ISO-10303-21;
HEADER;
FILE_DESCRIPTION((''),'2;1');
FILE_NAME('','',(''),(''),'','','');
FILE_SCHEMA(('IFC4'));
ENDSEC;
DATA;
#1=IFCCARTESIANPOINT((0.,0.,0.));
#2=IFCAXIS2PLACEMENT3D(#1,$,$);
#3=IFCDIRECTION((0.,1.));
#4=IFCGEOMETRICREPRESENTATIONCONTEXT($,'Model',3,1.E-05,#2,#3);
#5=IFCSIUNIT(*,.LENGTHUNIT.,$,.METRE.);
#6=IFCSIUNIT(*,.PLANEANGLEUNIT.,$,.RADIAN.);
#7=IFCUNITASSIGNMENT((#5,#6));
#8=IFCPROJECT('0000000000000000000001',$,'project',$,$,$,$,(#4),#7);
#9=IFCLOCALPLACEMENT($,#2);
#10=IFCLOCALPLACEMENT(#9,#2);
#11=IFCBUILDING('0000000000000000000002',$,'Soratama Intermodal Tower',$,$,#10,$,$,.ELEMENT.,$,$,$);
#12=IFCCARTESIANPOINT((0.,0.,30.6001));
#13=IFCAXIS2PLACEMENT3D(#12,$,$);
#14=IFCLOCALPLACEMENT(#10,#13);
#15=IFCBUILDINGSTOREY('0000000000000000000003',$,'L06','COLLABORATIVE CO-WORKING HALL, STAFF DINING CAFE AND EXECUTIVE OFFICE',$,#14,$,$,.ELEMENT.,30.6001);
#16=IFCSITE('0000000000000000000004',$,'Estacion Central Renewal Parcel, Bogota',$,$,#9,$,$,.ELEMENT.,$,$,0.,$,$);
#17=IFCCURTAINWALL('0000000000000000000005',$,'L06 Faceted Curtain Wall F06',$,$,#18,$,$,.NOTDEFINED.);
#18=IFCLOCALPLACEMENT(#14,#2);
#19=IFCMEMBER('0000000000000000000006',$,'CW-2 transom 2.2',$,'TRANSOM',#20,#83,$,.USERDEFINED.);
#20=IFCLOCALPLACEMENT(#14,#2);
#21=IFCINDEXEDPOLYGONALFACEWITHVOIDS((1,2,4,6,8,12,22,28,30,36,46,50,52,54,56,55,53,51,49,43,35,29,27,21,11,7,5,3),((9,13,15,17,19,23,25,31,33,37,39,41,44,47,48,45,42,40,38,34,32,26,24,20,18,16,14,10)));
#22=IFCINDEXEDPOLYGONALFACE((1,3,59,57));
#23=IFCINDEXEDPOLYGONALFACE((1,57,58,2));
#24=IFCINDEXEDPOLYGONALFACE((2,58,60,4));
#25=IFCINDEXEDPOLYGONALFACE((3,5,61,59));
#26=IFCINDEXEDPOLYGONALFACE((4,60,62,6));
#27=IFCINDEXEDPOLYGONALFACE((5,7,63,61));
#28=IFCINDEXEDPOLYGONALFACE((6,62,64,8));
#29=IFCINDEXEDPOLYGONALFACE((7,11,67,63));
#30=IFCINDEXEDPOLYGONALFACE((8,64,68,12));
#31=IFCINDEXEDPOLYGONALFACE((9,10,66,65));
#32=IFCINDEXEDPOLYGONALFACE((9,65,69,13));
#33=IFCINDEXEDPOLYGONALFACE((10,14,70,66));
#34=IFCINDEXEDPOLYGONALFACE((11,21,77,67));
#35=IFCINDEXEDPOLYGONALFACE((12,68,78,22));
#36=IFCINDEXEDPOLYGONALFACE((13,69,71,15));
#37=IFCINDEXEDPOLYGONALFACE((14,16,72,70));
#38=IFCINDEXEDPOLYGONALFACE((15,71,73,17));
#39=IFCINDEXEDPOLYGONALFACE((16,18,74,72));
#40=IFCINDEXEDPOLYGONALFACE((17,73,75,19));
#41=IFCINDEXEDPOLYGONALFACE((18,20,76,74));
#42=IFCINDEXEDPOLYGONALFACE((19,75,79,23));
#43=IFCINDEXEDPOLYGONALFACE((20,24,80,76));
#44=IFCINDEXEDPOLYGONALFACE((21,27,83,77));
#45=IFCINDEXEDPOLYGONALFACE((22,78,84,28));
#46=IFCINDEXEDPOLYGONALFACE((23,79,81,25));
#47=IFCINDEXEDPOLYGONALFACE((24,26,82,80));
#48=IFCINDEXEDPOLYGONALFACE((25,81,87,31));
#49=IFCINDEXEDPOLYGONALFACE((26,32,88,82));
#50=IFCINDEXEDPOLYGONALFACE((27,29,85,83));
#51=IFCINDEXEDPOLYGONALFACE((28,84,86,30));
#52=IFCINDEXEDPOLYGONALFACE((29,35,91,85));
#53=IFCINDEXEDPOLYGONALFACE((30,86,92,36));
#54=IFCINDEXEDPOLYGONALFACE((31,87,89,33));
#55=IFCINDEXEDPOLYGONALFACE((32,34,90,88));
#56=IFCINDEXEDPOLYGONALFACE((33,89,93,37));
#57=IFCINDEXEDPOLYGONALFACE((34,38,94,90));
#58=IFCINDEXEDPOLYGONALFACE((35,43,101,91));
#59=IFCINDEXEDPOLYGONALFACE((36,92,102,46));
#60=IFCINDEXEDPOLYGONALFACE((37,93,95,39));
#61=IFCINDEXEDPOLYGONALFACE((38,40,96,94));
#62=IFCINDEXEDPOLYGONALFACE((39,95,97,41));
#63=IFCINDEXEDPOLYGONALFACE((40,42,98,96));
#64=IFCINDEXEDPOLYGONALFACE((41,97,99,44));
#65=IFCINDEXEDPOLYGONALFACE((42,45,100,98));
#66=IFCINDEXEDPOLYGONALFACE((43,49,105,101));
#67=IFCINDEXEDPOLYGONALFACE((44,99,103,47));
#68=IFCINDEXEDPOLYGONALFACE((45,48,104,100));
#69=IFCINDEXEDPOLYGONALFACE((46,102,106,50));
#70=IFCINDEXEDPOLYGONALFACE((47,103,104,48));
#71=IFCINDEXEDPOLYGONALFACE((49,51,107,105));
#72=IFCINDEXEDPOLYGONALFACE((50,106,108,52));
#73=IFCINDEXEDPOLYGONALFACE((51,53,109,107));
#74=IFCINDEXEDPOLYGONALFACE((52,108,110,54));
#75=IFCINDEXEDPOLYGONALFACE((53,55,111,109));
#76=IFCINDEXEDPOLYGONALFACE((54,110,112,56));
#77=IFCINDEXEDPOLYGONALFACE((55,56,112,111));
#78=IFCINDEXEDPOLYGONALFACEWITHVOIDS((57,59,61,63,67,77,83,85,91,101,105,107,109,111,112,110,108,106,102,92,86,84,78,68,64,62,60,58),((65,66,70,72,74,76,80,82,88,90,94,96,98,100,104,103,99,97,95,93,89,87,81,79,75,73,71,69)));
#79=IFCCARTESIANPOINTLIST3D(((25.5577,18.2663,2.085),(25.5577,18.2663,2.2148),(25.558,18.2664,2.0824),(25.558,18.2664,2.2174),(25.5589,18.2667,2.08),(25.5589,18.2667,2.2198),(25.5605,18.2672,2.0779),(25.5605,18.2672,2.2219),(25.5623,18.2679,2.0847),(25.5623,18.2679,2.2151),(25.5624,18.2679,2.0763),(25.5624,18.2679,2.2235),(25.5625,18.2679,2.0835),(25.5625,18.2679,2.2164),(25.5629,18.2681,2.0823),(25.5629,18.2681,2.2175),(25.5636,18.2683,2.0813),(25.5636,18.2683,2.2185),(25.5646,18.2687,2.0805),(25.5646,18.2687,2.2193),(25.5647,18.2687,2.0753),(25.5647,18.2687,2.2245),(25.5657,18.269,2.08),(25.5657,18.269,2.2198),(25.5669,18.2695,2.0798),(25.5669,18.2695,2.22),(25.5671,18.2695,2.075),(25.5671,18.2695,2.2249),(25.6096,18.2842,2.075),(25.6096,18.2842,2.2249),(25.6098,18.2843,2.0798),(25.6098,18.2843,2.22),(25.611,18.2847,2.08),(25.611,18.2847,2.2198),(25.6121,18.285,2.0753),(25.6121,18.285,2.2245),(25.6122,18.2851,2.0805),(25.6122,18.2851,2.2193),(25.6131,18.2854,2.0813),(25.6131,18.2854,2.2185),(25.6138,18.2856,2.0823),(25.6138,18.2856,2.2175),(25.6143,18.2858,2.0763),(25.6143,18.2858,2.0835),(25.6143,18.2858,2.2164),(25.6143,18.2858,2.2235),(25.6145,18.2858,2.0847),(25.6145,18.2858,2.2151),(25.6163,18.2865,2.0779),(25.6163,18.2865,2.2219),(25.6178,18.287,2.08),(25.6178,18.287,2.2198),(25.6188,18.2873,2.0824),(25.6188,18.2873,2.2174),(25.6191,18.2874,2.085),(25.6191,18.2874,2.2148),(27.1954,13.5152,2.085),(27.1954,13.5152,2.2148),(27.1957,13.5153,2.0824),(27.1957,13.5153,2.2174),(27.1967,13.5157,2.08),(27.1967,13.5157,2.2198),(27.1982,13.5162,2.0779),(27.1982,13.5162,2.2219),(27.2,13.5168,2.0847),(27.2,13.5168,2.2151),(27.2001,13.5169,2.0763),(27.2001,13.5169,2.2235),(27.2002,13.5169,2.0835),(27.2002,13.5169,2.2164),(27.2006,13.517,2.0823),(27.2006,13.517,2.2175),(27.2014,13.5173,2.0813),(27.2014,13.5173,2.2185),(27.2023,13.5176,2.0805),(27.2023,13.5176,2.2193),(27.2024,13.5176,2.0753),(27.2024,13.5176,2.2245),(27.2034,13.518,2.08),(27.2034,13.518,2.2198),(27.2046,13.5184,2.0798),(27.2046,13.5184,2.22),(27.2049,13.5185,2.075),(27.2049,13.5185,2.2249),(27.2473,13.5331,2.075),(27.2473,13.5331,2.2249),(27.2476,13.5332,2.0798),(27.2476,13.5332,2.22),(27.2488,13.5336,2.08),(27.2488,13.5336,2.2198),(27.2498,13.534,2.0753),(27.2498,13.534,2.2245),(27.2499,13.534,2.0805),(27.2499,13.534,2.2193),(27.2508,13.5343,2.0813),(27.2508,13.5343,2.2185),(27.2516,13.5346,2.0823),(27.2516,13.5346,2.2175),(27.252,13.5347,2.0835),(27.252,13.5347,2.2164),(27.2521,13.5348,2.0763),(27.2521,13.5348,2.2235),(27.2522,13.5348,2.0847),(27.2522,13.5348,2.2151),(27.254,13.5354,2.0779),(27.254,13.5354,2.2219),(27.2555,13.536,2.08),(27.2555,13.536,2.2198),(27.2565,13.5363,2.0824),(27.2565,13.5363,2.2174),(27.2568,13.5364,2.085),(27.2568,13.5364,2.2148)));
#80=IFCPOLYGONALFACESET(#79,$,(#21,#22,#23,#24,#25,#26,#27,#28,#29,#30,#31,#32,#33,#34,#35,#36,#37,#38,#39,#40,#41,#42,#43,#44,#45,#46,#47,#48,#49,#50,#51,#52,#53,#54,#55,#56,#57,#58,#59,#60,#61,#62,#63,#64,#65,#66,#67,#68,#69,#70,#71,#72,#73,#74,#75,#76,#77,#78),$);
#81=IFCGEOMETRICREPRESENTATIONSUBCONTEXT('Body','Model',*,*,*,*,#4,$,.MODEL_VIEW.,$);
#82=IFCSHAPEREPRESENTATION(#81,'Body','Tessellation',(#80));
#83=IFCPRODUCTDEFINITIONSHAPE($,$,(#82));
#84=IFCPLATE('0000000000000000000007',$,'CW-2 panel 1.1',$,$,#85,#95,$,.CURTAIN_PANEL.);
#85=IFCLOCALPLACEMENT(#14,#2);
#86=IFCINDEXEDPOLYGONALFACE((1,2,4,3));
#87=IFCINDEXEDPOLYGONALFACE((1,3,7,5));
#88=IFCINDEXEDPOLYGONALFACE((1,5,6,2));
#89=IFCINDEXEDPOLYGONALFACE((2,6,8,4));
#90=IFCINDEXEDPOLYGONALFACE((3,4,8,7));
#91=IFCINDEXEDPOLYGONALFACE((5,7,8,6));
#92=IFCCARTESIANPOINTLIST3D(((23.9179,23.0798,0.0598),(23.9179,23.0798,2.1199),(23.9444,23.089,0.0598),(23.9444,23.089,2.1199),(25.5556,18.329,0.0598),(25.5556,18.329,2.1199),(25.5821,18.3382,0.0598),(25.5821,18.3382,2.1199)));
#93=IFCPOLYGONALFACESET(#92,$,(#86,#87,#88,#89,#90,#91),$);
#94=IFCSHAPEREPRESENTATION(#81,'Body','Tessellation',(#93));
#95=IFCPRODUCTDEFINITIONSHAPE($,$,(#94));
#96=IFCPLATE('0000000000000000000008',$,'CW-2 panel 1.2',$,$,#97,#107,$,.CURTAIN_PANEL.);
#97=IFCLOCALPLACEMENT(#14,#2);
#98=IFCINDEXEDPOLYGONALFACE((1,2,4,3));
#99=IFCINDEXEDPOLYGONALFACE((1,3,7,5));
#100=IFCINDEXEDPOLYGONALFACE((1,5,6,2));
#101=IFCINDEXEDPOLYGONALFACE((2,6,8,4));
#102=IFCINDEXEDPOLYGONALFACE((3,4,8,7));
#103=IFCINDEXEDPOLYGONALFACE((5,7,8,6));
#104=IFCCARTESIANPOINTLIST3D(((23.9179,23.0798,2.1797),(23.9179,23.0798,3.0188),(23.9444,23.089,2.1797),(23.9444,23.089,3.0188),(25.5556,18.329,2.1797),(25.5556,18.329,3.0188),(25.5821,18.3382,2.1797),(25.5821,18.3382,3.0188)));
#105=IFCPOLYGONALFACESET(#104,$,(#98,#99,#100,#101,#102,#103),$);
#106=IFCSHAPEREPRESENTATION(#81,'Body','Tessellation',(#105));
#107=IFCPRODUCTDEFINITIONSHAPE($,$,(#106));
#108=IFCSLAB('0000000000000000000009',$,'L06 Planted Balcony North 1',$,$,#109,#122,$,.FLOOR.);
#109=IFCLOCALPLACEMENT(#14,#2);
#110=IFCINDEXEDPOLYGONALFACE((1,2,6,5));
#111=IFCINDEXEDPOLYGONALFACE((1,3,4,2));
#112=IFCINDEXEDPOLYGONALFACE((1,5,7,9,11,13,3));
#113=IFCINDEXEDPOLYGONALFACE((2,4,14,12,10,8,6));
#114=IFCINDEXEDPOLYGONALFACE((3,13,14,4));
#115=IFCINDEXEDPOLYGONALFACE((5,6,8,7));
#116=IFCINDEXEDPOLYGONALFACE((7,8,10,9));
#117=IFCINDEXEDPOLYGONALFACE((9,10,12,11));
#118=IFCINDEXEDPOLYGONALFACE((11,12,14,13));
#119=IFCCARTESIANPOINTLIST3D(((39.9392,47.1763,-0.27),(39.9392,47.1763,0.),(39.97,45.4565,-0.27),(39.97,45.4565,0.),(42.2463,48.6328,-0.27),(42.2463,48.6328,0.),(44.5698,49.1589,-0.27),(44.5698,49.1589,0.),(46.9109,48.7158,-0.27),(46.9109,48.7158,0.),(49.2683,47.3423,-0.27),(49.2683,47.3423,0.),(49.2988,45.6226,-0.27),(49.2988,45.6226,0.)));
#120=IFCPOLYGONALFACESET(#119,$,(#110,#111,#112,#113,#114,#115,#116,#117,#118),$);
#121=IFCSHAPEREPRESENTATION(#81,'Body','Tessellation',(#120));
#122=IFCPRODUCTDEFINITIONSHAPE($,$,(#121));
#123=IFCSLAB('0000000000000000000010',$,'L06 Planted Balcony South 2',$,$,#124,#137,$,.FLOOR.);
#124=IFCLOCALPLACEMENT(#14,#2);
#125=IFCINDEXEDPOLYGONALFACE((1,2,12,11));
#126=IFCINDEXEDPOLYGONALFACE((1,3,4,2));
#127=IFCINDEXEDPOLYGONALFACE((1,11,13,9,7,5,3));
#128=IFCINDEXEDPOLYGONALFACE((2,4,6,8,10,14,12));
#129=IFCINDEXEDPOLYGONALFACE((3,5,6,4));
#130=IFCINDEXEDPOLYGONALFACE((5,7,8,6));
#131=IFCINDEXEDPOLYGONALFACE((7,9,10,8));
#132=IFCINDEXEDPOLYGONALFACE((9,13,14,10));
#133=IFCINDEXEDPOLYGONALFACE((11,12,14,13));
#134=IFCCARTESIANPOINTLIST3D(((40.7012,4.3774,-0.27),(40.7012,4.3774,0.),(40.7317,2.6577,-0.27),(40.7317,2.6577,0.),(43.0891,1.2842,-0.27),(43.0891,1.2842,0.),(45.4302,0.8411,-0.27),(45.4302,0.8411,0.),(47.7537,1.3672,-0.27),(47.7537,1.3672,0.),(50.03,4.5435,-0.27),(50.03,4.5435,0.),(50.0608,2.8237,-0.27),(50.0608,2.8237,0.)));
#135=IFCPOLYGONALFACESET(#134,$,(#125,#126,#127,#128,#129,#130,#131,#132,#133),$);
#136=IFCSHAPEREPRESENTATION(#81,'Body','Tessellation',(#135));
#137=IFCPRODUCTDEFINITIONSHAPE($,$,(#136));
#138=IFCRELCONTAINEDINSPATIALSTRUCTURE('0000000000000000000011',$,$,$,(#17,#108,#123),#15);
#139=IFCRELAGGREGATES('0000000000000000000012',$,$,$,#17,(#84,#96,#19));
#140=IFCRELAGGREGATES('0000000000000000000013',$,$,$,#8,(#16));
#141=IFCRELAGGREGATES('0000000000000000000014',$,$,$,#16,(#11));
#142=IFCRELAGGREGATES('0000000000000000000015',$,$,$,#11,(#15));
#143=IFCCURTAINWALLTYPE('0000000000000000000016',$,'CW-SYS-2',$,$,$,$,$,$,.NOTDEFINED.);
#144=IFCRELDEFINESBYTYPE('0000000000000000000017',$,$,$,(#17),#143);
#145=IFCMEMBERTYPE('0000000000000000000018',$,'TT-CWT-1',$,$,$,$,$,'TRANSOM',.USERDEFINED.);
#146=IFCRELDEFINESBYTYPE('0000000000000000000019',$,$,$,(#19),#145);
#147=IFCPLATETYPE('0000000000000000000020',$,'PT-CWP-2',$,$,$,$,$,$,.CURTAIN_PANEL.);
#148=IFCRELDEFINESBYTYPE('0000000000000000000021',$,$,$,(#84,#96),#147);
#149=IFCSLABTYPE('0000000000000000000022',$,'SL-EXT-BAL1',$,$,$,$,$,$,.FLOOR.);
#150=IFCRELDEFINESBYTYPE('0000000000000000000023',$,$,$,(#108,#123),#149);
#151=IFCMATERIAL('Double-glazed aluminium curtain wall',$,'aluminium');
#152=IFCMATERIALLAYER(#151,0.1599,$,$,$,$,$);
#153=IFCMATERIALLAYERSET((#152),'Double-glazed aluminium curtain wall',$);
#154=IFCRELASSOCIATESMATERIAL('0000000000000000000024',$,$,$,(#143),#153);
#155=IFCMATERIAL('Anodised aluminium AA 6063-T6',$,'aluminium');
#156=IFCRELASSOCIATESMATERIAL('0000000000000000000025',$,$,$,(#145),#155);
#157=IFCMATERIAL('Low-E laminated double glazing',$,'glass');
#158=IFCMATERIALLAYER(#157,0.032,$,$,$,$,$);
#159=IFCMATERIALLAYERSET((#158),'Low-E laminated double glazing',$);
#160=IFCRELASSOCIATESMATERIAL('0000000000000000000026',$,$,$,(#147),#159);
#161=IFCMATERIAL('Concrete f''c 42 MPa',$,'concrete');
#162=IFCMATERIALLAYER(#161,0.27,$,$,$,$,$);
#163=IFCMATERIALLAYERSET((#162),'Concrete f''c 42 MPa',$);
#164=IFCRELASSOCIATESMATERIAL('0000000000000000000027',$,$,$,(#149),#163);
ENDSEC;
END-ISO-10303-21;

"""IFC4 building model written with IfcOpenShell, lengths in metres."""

from ifc_helpers import new_model, si_unit, direction, frame, origin, origin_2d, place, context, subcontext, project, spatial, polyline, rectangle, hollow_rectangle, outline, extrude, material, layer, layer_set, material_profile, profile_set, type_object, element, aggregate, save


model = new_model("IFC4")

# Units and contexts
model_context = context("Model", 3, precision=1e-05, world=origin(), true_north=direction((0.0, 1.0)))
body_context = subcontext(model_context, "Body", "Model", "MODEL_VIEW")
ifc_project = project(units=[si_unit("LENGTHUNIT", "METRE"), si_unit("PLANEANGLEUNIT", "RADIAN")], contexts=[model_context])

# Site, building, storey
site_placement = place(None, origin())
site = spatial("IfcSite", under=ifc_project, at=site_placement, Name="Estacion Central Renewal Parcel, Bogota", CompositionType="ELEMENT", RefElevation=0.0)
building_placement = place(site_placement, origin())
building = spatial("IfcBuilding", under=site, at=building_placement, Name="Soratama Intermodal Tower", CompositionType="ELEMENT")
storey_placement = place(building_placement, frame((0.0, 0.0, 30.6001)))
storey = spatial("IfcBuildingStorey", under=building, at=storey_placement, Name="L06", Description="COLLABORATIVE CO-WORKING HALL, STAFF DINING CAFE AND EXECUTIVE OFFICE", CompositionType="ELEMENT", Elevation=30.6001)

# Curtain wall, member, plates
ifc_material_1 = material(Name="Double-glazed aluminium curtain wall", Category="aluminium")
ifc_layer_1 = layer(ifc_material_1, 0.1599)
ifc_layer_set_1 = layer_set([ifc_layer_1], Name="Double-glazed aluminium curtain wall")
curtain_wall_type = type_object("IfcCurtainWallType", Name="CW-SYS-2", PredefinedType="NOTDEFINED", material=ifc_layer_set_1)
curtain_wall_placement = place(storey_placement, origin())
curtain_wall = element("IfcCurtainWall", 1, at=curtain_wall_placement, inside=storey, type_object=curtain_wall_type, Name="L06 Faceted Curtain Wall F06", PredefinedType="NOTDEFINED")
ifc_material_2 = material(Name="Anodised aluminium AA 6063-T6", Category="aluminium")
ifc_material_profile_1 = material_profile(ifc_material_2, hollow_rectangle(XDim=0.0649, YDim=0.1499, WallThickness=0.0049, InnerFilletRadius=0.0049, OuterFilletRadius=0.01, at=origin_2d()), Name="CWT150X65X5")
ifc_profile_set_1 = profile_set([ifc_material_profile_1], Name="Anodised aluminium AA 6063-T6")
member_type_1 = type_object("IfcMemberType", Name="TT-CWT-1", ElementType="TRANSOM", PredefinedType="USERDEFINED", material=ifc_profile_set_1)
member_1_placement = place(storey_placement, frame((25.5884, 18.2769, 2.1499), z_axis=(0.325889, -0.945408, 0.0), x_axis=(0.945408, 0.325889, 0.0)))
member_1 = element("IfcMember", 2, at=member_1_placement, type_object=member_type_1, Name="CW-2 transom 2.2", ObjectType="TRANSOM", PredefinedType="USERDEFINED", context=body_context, shape_type="SweptSolid", body=[
    extrude(hollow_rectangle(XDim=0.0649, YDim=0.1499, WallThickness=0.0049, InnerFilletRadius=0.0049, OuterFilletRadius=0.01, at=origin_2d()), origin(), (0.0, 0.0, 1.0), 5.0254),
])
ifc_material_3 = material(Name="Low-E laminated double glazing", Category="glass")
ifc_layer_2 = layer(ifc_material_3, 0.032)
ifc_layer_set_2 = layer_set([ifc_layer_2], Name="Low-E laminated double glazing")
plate_type = type_object("IfcPlateType", Name="PT-CWP-2", PredefinedType="CURTAIN_PANEL", material=ifc_layer_set_2)
plate_1_placement = place(storey_placement, frame((24.75, 20.709, 0.0598), z_axis=(0.0, 0.0, 1.0), x_axis=(0.325894, -0.945406, 0.0)))
plate_1 = element("IfcPlate", 3, at=plate_1_placement, type_object=plate_type, Name="CW-2 panel 1.1", PredefinedType="CURTAIN_PANEL", context=body_context, shape_type="SweptSolid", body=[
    extrude(rectangle(XDim=5.0251, YDim=0.0281, at=origin_2d()), origin(), (0.0, 0.0, 1.0), 2.0601),
])
plate_2_placement = place(storey_placement, frame((24.75, 20.709, 2.1797), z_axis=(0.0, 0.0, 1.0), x_axis=(0.325894, -0.945406, 0.0)))
plate_2 = element("IfcPlate", 4, at=plate_2_placement, type_object=plate_type, Name="CW-2 panel 1.2", PredefinedType="CURTAIN_PANEL", context=body_context, shape_type="SweptSolid", body=[
    extrude(rectangle(XDim=5.0251, YDim=0.0281, at=origin_2d()), origin(), (0.0, 0.0, 1.0), 0.8391),
])
aggregate(curtain_wall, [plate_1, plate_2, member_1])

# Slabs
ifc_material_4 = material(Name="Concrete f'c 42 MPa", Category="concrete")
ifc_layer_3 = layer(ifc_material_4, 0.27)
ifc_layer_set_3 = layer_set([ifc_layer_3], Name="Concrete f'c 42 MPa")
slab_type_1 = type_object("IfcSlabType", Name="SL-EXT-BAL1", PredefinedType="FLOOR", material=ifc_layer_set_3)
slab_1_placement = place(storey_placement, frame((0.0, 0.0, -0.27)))
element("IfcSlab", 5, at=slab_1_placement, inside=storey, type_object=slab_type_1, Name="L06 Planted Balcony North 1", PredefinedType="FLOOR", context=body_context, shape_type="SweptSolid", body=[
    extrude(outline(polyline([(49.2988, 45.6226), (39.97, 45.4565), (39.9392, 47.1763), (42.2463, 48.6328), (44.5698, 49.1589), (46.9109, 48.7158), (49.2683, 47.3423), (49.2988, 45.6226)])), origin(), (0.0, 0.0, 1.0), 0.27),
])
slab_2_placement = place(storey_placement, frame((0.0, 0.0, -0.27)))
element("IfcSlab", 6, at=slab_2_placement, inside=storey, type_object=slab_type_1, Name="L06 Planted Balcony South 2", PredefinedType="FLOOR", context=body_context, shape_type="SweptSolid", body=[
    extrude(outline(polyline([(40.7012, 4.3774), (50.03, 4.5435), (50.0608, 2.8237), (47.7537, 1.3672), (45.4302, 0.8411), (43.0891, 1.2842), (40.7317, 2.6577), (40.7012, 4.3774)])), origin(), (0.0, 0.0, 1.0), 0.27),
])

save(model, "model.ifc")
